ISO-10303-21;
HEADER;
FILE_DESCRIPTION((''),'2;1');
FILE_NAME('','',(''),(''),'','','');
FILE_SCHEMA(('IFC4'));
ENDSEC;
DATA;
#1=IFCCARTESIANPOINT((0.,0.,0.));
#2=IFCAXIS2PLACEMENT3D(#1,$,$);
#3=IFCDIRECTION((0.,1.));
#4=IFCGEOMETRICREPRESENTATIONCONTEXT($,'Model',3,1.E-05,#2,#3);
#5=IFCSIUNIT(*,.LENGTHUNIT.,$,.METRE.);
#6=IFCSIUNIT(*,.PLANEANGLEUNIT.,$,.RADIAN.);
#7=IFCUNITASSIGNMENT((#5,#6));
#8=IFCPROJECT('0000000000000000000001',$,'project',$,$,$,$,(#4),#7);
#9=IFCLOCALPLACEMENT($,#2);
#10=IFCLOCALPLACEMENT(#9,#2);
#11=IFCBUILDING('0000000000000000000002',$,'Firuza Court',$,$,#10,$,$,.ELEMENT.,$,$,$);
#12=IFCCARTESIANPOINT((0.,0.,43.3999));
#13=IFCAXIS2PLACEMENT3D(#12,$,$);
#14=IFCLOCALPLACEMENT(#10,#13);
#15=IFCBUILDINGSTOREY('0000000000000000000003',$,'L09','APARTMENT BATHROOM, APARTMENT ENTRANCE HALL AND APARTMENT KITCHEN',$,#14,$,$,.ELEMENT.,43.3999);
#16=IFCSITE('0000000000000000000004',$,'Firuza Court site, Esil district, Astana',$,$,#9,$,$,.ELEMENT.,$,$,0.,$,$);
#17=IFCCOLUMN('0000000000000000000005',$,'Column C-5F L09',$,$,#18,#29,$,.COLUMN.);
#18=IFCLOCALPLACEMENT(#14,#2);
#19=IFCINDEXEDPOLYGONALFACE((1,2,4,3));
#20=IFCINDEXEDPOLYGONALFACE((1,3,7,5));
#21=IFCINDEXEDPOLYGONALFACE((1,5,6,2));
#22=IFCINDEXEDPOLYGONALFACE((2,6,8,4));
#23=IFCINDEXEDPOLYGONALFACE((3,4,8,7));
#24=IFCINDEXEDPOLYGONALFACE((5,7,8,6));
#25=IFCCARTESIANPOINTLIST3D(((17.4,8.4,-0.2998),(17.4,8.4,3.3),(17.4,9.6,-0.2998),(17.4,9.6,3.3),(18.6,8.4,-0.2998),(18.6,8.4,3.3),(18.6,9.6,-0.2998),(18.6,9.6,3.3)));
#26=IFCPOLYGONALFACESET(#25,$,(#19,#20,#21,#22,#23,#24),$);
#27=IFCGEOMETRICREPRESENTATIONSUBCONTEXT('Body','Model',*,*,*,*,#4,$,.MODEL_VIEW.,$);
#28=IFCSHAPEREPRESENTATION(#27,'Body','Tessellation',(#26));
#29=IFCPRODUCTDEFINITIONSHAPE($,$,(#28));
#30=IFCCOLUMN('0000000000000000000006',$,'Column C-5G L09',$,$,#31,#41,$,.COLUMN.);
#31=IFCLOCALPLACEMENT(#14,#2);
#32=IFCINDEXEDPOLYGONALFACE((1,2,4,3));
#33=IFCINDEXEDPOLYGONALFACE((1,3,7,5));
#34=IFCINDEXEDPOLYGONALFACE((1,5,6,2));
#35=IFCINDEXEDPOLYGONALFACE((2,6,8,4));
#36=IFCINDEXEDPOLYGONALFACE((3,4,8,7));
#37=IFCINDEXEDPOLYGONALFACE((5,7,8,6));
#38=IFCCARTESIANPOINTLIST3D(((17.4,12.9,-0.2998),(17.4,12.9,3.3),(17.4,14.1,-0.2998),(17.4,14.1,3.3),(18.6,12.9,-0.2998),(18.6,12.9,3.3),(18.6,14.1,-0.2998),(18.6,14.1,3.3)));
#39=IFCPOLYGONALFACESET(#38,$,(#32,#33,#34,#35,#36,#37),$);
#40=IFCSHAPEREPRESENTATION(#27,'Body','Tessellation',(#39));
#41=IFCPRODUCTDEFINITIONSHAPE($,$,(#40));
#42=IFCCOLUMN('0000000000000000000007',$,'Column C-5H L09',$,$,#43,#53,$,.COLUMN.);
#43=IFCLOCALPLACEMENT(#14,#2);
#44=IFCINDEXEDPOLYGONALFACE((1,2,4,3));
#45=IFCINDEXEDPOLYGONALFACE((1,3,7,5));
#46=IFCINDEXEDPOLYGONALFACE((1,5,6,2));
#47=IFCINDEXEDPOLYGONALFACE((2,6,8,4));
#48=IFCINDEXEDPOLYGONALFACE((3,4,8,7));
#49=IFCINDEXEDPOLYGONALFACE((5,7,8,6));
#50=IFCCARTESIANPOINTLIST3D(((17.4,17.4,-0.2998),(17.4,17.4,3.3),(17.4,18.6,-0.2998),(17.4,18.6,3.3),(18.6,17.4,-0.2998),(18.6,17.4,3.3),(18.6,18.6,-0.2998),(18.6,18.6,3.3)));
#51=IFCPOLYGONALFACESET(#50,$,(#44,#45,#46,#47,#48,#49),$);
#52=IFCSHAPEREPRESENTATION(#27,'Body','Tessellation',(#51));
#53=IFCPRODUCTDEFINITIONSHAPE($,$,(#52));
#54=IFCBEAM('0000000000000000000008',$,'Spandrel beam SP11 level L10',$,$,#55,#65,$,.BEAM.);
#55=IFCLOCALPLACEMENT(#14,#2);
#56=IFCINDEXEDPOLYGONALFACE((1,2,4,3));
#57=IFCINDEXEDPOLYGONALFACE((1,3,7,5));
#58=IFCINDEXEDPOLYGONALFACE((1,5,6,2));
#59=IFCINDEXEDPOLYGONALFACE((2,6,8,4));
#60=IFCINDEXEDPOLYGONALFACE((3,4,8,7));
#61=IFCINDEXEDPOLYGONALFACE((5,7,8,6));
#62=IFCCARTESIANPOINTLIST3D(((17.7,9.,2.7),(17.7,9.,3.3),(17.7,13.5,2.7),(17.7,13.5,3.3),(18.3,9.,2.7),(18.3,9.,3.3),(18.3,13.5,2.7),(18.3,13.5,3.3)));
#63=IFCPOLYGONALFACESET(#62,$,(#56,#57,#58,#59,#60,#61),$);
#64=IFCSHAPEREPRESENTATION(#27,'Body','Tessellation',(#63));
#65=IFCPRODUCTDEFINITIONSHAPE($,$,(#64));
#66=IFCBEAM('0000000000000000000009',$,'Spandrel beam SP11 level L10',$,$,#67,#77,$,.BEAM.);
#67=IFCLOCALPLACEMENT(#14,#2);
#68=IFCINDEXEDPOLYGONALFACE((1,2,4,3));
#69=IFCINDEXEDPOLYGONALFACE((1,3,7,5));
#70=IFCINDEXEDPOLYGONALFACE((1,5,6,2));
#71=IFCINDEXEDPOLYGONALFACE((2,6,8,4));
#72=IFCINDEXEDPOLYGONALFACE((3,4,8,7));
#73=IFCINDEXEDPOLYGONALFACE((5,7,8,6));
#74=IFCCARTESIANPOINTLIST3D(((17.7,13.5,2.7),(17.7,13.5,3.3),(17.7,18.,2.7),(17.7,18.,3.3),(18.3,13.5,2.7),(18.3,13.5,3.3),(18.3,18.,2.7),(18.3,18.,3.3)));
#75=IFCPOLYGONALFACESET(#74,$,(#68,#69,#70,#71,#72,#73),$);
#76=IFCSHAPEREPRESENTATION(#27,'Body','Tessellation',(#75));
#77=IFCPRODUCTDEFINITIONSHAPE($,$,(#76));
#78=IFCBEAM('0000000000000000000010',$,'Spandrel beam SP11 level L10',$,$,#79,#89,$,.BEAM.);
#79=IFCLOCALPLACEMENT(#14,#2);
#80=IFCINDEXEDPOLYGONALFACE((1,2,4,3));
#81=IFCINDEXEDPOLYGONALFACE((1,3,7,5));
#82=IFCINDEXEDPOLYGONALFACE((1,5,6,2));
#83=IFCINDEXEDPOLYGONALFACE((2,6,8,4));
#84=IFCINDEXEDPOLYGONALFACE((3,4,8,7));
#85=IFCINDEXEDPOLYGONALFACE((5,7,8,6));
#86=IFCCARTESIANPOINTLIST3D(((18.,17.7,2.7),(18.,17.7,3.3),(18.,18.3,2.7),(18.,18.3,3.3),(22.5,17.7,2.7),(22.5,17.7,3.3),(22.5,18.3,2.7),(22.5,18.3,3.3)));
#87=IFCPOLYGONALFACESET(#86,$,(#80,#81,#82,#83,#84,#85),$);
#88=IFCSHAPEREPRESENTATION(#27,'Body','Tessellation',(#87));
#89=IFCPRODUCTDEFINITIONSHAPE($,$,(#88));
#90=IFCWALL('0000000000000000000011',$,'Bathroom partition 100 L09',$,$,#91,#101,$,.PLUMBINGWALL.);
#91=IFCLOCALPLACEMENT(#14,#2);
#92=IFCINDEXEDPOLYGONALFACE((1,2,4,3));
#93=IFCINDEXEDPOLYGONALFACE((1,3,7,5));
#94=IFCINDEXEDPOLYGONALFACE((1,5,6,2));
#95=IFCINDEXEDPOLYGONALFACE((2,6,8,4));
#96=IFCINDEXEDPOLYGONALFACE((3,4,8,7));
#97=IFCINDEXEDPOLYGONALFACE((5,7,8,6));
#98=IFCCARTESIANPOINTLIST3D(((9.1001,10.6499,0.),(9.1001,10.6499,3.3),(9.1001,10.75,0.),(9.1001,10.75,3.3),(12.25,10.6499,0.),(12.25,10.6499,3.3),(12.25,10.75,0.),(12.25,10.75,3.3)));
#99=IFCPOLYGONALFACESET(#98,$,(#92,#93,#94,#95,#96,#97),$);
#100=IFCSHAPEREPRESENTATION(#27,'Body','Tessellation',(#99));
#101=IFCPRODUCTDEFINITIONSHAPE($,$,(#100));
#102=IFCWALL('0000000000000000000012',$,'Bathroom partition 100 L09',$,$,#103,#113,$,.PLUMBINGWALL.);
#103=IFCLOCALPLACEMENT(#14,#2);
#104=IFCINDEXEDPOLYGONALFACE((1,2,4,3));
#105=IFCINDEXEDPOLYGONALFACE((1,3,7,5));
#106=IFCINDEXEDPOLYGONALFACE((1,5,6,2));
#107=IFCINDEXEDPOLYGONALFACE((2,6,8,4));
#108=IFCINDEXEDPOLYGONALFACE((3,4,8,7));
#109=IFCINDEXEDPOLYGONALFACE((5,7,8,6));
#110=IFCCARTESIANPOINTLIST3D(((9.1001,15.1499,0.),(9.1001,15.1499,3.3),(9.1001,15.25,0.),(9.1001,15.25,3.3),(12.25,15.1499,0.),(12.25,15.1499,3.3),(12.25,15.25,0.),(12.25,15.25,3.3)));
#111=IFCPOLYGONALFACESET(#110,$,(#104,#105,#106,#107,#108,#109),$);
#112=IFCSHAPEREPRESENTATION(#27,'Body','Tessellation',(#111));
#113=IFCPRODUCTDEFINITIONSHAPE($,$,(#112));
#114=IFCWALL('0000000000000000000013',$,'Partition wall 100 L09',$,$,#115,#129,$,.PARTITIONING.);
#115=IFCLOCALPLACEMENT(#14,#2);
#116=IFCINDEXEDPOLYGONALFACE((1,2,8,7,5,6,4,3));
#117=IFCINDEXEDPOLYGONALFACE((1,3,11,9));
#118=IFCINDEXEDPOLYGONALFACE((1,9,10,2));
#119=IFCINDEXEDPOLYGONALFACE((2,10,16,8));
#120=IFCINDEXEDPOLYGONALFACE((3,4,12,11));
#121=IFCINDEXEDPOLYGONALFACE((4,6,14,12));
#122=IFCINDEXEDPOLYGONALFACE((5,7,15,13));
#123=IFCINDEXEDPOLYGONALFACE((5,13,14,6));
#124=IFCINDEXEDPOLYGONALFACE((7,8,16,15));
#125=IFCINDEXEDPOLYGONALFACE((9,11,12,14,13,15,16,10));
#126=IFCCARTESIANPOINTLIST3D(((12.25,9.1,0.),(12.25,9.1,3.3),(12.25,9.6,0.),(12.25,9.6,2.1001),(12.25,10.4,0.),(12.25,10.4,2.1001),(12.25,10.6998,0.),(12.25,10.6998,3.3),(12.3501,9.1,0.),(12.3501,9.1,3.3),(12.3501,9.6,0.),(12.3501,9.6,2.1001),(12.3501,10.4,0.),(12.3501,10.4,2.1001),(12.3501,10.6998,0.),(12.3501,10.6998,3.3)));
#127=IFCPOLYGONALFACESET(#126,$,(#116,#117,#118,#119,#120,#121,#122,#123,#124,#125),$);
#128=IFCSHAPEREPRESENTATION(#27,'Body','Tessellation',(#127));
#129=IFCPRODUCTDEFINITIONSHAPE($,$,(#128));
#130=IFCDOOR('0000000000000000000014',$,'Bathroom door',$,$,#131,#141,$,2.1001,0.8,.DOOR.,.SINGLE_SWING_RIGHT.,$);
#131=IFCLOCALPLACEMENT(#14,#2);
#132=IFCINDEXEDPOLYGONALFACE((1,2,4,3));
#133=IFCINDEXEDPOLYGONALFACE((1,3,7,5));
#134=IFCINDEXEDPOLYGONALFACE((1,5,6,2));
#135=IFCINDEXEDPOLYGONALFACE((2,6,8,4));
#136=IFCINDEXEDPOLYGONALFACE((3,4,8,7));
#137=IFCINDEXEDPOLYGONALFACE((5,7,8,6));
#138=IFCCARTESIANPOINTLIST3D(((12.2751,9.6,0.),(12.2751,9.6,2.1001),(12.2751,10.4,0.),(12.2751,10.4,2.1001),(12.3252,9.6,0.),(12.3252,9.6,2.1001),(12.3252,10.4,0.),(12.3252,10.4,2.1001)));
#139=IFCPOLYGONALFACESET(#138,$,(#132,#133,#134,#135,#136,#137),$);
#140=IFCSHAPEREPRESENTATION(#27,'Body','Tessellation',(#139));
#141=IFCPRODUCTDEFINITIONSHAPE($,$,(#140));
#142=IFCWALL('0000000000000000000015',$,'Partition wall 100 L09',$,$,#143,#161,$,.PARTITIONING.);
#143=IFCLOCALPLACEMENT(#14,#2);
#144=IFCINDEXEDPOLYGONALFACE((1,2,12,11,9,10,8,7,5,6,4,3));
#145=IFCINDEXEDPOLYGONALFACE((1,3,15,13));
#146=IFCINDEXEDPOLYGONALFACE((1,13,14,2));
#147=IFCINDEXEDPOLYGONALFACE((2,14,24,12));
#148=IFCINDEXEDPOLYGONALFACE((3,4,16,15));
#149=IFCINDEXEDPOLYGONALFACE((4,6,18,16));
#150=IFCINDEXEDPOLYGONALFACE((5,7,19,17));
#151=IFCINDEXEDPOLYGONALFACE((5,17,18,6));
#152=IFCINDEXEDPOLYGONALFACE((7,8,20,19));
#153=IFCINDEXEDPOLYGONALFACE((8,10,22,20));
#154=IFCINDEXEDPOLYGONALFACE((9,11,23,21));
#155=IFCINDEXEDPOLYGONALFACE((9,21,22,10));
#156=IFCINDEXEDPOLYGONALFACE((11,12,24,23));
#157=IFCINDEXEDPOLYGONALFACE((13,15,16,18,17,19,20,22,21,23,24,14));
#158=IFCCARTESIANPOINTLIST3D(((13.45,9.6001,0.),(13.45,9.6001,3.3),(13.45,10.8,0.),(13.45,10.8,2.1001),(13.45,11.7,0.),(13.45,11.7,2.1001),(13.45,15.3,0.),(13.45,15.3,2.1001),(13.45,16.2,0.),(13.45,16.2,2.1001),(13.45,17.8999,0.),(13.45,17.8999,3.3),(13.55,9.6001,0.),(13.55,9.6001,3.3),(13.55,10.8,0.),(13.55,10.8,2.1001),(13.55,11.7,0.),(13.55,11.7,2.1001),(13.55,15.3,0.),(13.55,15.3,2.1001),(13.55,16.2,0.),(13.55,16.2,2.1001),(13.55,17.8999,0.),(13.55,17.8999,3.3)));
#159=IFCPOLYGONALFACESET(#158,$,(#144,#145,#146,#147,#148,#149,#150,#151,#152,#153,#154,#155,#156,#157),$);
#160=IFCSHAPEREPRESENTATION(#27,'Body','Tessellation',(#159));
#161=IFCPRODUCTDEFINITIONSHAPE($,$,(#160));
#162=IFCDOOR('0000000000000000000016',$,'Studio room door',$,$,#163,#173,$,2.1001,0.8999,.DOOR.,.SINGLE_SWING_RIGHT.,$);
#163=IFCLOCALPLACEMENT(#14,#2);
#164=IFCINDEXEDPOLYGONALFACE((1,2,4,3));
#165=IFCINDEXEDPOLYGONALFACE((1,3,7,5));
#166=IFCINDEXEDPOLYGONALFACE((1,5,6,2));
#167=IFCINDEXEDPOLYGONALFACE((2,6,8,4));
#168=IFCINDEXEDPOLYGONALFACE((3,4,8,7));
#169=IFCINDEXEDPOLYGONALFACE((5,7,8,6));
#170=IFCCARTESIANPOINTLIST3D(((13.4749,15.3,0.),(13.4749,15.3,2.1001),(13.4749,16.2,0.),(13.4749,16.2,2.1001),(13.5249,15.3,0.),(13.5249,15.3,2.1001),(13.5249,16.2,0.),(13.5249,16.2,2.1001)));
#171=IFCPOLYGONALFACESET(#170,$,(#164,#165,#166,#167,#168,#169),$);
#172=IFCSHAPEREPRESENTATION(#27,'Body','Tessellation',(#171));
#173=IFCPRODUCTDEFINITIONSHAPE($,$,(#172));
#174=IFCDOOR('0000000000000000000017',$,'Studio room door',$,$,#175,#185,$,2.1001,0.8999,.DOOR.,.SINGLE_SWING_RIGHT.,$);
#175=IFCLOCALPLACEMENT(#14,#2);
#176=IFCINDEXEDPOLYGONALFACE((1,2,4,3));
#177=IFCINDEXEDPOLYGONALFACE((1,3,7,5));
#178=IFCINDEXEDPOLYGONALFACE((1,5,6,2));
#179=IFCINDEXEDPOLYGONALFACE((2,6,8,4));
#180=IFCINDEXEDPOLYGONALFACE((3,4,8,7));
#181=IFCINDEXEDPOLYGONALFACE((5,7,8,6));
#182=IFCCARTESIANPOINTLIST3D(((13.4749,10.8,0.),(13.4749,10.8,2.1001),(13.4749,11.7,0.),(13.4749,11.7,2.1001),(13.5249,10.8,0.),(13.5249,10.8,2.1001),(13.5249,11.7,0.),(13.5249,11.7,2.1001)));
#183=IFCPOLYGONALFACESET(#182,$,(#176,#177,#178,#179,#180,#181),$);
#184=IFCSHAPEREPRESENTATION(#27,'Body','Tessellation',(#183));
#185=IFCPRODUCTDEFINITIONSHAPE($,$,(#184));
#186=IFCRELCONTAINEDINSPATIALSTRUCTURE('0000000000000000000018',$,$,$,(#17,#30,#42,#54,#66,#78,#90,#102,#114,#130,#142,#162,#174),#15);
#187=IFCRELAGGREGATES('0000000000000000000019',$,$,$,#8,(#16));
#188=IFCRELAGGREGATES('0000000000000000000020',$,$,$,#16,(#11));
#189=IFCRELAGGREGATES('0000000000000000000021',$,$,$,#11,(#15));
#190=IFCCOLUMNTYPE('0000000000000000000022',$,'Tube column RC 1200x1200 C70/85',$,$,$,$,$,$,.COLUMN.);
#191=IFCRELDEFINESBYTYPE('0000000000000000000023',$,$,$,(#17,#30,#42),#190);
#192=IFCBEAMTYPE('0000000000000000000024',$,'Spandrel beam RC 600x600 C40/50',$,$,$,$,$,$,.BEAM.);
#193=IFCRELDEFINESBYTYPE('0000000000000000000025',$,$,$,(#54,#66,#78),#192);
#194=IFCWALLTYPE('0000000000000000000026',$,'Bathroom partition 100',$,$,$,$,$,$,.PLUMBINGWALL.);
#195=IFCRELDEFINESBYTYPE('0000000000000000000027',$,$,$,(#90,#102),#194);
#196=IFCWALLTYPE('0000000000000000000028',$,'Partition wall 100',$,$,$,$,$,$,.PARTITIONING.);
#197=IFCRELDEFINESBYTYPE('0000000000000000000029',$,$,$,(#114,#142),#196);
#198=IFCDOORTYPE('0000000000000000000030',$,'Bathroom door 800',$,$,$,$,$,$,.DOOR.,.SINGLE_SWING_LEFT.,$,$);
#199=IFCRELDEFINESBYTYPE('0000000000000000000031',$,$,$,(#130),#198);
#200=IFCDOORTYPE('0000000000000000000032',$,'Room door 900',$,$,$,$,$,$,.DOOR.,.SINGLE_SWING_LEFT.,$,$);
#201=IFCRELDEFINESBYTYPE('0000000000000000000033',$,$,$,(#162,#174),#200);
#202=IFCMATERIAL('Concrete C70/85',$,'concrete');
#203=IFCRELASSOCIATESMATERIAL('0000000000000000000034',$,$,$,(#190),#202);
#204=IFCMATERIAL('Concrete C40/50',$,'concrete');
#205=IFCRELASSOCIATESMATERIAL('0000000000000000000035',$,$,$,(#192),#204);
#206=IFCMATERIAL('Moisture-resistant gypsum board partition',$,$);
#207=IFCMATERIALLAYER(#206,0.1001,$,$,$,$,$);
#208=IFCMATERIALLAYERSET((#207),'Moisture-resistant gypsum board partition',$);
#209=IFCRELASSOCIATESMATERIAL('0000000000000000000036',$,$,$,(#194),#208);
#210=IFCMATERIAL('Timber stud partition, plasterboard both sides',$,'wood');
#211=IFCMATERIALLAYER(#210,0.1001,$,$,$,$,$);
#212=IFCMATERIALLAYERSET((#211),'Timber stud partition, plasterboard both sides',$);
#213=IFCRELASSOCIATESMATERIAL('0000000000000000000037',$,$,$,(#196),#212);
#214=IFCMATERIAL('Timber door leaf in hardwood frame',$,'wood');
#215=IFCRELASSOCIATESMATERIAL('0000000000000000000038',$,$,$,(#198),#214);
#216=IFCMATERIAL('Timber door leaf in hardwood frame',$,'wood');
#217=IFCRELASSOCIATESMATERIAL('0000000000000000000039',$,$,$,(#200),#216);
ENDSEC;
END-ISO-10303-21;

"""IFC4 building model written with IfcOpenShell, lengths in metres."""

from ifc_helpers import new_model, si_unit, direction, frame, frame_2d, origin, origin_2d, place, context, subcontext, project, spatial, rectangle, extrude, material, layer, layer_set, material_profile, profile_set, type_object, element, fill, save


model = new_model("IFC4")

# Units and contexts
model_context = context("Model", 3, precision=1e-05, world=origin(), true_north=direction((0.0, 1.0)))
body_context = subcontext(model_context, "Body", "Model", "MODEL_VIEW")
ifc_project = project(units=[si_unit("LENGTHUNIT", "METRE"), si_unit("PLANEANGLEUNIT", "RADIAN")], contexts=[model_context])

# Site, building, storey
site_placement = place(None, origin())
site = spatial("IfcSite", under=ifc_project, at=site_placement, Name="Firuza Court site, Esil district, Astana", CompositionType="ELEMENT", RefElevation=0.0)
building_placement = place(site_placement, origin())
building = spatial("IfcBuilding", under=site, at=building_placement, Name="Firuza Court", CompositionType="ELEMENT")
storey_placement = place(building_placement, frame((0.0, 0.0, 43.3999)))
storey = spatial("IfcBuildingStorey", under=building, at=storey_placement, Name="L09", Description="APARTMENT BATHROOM, APARTMENT ENTRANCE HALL AND APARTMENT KITCHEN", CompositionType="ELEMENT", Elevation=43.3999)

# Columns
ifc_material_1 = material(Name="Concrete C70/85", Category="concrete")
ifc_material_profile_1 = material_profile(ifc_material_1, rectangle(XDim=1.2, YDim=1.2, at=origin_2d()), Name="RC 1200x1200")
ifc_profile_set_1 = profile_set([ifc_material_profile_1], Name="Concrete C70/85")
column_type = type_object("IfcColumnType", Name="Tube column RC 1200x1200 C70/85", PredefinedType="COLUMN", material=ifc_profile_set_1)
for number, where, z_axis, x_axis, name in (
    (1, (18.0, 9.0, -0.2998), (0.0, 0.0, 1.0), (1.0, 0.0, 0.0), "Column C-5F L09"),
    (2, (18.0, 13.5, -0.2998), (0.0, 0.0, 1.0), (1.0, 0.0, 0.0), "Column C-5G L09"),
    (3, (18.0, 18.0, -0.2998), (0.0, 0.0, 1.0), (1.0, 0.0, 0.0), "Column C-5H L09"),
):
    element("IfcColumn", number, at=place(storey_placement, frame(where, z_axis=z_axis, x_axis=x_axis)), inside=storey, type_object=column_type, Name=name, PredefinedType="COLUMN", context=body_context, shape_type="SweptSolid", body=[
        extrude(rectangle(XDim=1.2, YDim=1.2, at=origin_2d()), origin(), (0.0, 0.0, 1.0), 3.5999),
    ])

# Beams
ifc_material_2 = material(Name="Concrete C40/50", Category="concrete")
ifc_material_profile_2 = material_profile(ifc_material_2, rectangle(XDim=0.6001, YDim=0.6001, at=origin_2d()), Name="RC 600x600")
ifc_profile_set_2 = profile_set([ifc_material_profile_2], Name="Concrete C40/50")
beam_type = type_object("IfcBeamType", Name="Spandrel beam RC 600x600 C40/50", PredefinedType="BEAM", material=ifc_profile_set_2)
for number, where, z_axis, x_axis, name in (
    (4, (18.0, 9.0, 3.0), (0.0, 1.0, 0.0), (-1.0, 0.0, 0.0), "Spandrel beam SP11 level L10"),
    (5, (18.0, 13.5, 3.0), (0.0, 1.0, 0.0), (-1.0, 0.0, 0.0), "Spandrel beam SP11 level L10"),
    (6, (18.0, 18.0, 3.0), (1.0, 0.0, 0.0), (0.0, 1.0, 0.0), "Spandrel beam SP11 level L10"),
):
    element("IfcBeam", number, at=place(storey_placement, frame(where, z_axis=z_axis, x_axis=x_axis)), inside=storey, type_object=beam_type, Name=name, PredefinedType="BEAM", context=body_context, shape_type="SweptSolid", body=[
        extrude(rectangle(XDim=0.6001, YDim=0.6001, at=origin_2d()), origin(), (0.0, 0.0, 1.0), 4.5),
    ])

# Walls
ifc_material_3 = material(Name="Moisture-resistant gypsum board partition")
ifc_layer_1 = layer(ifc_material_3, 0.1001)
ifc_layer_set_1 = layer_set([ifc_layer_1], Name="Moisture-resistant gypsum board partition")
wall_type_1 = type_object("IfcWallType", Name="Bathroom partition 100", PredefinedType="PLUMBINGWALL", material=ifc_layer_set_1)
for number, where, z_axis, x_axis, name in (
    (7, (9.1001, 10.7, 0.0), (0.0, 0.0, 1.0), (1.0, 0.0, 0.0), "Bathroom partition 100 L09"),
    (8, (9.1001, 15.2, 0.0), (0.0, 0.0, 1.0), (1.0, 0.0, 0.0), "Bathroom partition 100 L09"),
):
    element("IfcWall", number, at=place(storey_placement, frame(where, z_axis=z_axis, x_axis=x_axis)), inside=storey, type_object=wall_type_1, Name=name, PredefinedType="PLUMBINGWALL", context=body_context, shape_type="SweptSolid", body=[
        extrude(rectangle(XDim=3.1499, YDim=0.1001, at=frame_2d((1.575, 0.0))), origin(), (0.0, 0.0, 1.0), 3.3),
    ])

# Wall, opening, door
ifc_material_4 = material(Name="Timber stud partition, plasterboard both sides", Category="wood")
ifc_layer_2 = layer(ifc_material_4, 0.1001)
ifc_layer_set_2 = layer_set([ifc_layer_2], Name="Timber stud partition, plasterboard both sides")
wall_type_2 = type_object("IfcWallType", Name="Partition wall 100", PredefinedType="PARTITIONING", material=ifc_layer_set_2)
wall_1_placement = place(storey_placement, frame((12.3, 9.1001, 0.0), z_axis=(0.0, 0.0, 1.0), x_axis=(0.0, 1.0, 0.0)))
wall_1 = element("IfcWall", 9, at=wall_1_placement, inside=storey, type_object=wall_type_2, Name="Partition wall 100 L09", PredefinedType="PARTITIONING", context=body_context, shape_type="SweptSolid", body=[
    extrude(rectangle(XDim=1.5999, YDim=0.1001, at=frame_2d((0.7998, 0.0))), origin(), (0.0, 0.0, 1.0), 3.3),
])
opening_1_placement = place(wall_1_placement, frame((0.5, 0.0, 0.0)))
opening_1 = element("IfcOpeningElement", 10, at=opening_1_placement, cuts=wall_1, PredefinedType="OPENING", context=body_context, shape_type="SweptSolid", body=[
    extrude(rectangle(XDim=0.8, YDim=2.1001, at=frame_2d((0.3999, 1.05))), frame((0.0, 0.062, 0.0), z_axis=(0.0, -1.0, 0.0), x_axis=(1.0, 0.0, 0.0)), (0.0, 0.0, 1.0), 0.124),
])
ifc_material_5 = material(Name="Timber door leaf in hardwood frame", Category="wood")
door_type_1 = type_object("IfcDoorType", Name="Bathroom door 800", OperationType="SINGLE_SWING_LEFT", PredefinedType="DOOR", material=ifc_material_5)
door_1_placement = place(opening_1_placement, origin())
door_1 = element("IfcDoor", 11, at=door_1_placement, inside=storey, type_object=door_type_1, Name="Bathroom door", OperationType="SINGLE_SWING_RIGHT", OverallHeight=2.1001, OverallWidth=0.8, PredefinedType="DOOR", context=body_context, shape_type="SweptSolid", body=[
    extrude(rectangle(XDim=0.8, YDim=2.1001, at=frame_2d((0.3999, 1.05))), frame((0.0, 0.0249, 0.0), z_axis=(0.0, -1.0, 0.0), x_axis=(1.0, 0.0, 0.0)), (0.0, 0.0, 1.0), 0.05),
])
fill(opening_1, door_1)

# Wall, openings, doors
wall_2_placement = place(storey_placement, frame((13.5, 9.6001, 0.0), z_axis=(0.0, 0.0, 1.0), x_axis=(0.0, 1.0, 0.0)))
wall_2 = element("IfcWall", 12, at=wall_2_placement, inside=storey, type_object=wall_type_2, Name="Partition wall 100 L09", PredefinedType="PARTITIONING", context=body_context, shape_type="SweptSolid", body=[
    extrude(rectangle(XDim=8.2998, YDim=0.1001, at=frame_2d((4.1499, 0.0))), origin(), (0.0, 0.0, 1.0), 3.3),
])
opening_2_placement = place(wall_2_placement, frame((5.7, 0.0, 0.0)))
opening_2 = element("IfcOpeningElement", 13, at=opening_2_placement, cuts=wall_2, PredefinedType="OPENING", context=body_context, shape_type="SweptSolid", body=[
    extrude(rectangle(XDim=0.8999, YDim=2.1001, at=frame_2d((0.45, 1.05))), frame((0.0, 0.062, 0.0), z_axis=(0.0, -1.0, 0.0), x_axis=(1.0, 0.0, 0.0)), (0.0, 0.0, 1.0), 0.124),
])
opening_3_placement = place(wall_2_placement, frame((1.2, 0.0, 0.0)))
opening_3 = element("IfcOpeningElement", 14, at=opening_3_placement, cuts=wall_2, PredefinedType="OPENING", context=body_context, shape_type="SweptSolid", body=[
    extrude(rectangle(XDim=0.8999, YDim=2.1001, at=frame_2d((0.45, 1.05))), frame((0.0, 0.062, 0.0), z_axis=(0.0, -1.0, 0.0), x_axis=(1.0, 0.0, 0.0)), (0.0, 0.0, 1.0), 0.124),
])
ifc_material_6 = material(Name="Timber door leaf in hardwood frame", Category="wood")
door_type_2 = type_object("IfcDoorType", Name="Room door 900", OperationType="SINGLE_SWING_LEFT", PredefinedType="DOOR", material=ifc_material_6)
door_2_placement = place(opening_2_placement, frame((0.8999, 0.0, 0.0), z_axis=(0.0, 0.0, 1.0), x_axis=(-1.0, 0.0, 0.0)))
door_2 = element("IfcDoor", 15, at=door_2_placement, inside=storey, type_object=door_type_2, Name="Studio room door", OperationType="SINGLE_SWING_RIGHT", OverallHeight=2.1001, OverallWidth=0.8999, PredefinedType="DOOR", context=body_context, shape_type="SweptSolid", body=[
    extrude(rectangle(XDim=0.8999, YDim=2.1001, at=frame_2d((0.45, 1.05))), frame((0.0, 0.0249, 0.0), z_axis=(0.0, -1.0, 0.0), x_axis=(1.0, 0.0, 0.0)), (0.0, 0.0, 1.0), 0.05),
])
fill(opening_2, door_2)
door_3_placement = place(opening_3_placement, frame((0.8999, 0.0, 0.0), z_axis=(0.0, 0.0, 1.0), x_axis=(-1.0, 0.0, 0.0)))
door_3 = element("IfcDoor", 16, at=door_3_placement, inside=storey, type_object=door_type_2, Name="Studio room door", OperationType="SINGLE_SWING_RIGHT", OverallHeight=2.1001, OverallWidth=0.8999, PredefinedType="DOOR", context=body_context, shape_type="SweptSolid", body=[
    extrude(rectangle(XDim=0.8999, YDim=2.1001, at=frame_2d((0.45, 1.05))), frame((0.0, 0.0249, 0.0), z_axis=(0.0, -1.0, 0.0), x_axis=(1.0, 0.0, 0.0)), (0.0, 0.0, 1.0), 0.05),
])
fill(opening_3, door_3)

save(model, "model.ifc")
